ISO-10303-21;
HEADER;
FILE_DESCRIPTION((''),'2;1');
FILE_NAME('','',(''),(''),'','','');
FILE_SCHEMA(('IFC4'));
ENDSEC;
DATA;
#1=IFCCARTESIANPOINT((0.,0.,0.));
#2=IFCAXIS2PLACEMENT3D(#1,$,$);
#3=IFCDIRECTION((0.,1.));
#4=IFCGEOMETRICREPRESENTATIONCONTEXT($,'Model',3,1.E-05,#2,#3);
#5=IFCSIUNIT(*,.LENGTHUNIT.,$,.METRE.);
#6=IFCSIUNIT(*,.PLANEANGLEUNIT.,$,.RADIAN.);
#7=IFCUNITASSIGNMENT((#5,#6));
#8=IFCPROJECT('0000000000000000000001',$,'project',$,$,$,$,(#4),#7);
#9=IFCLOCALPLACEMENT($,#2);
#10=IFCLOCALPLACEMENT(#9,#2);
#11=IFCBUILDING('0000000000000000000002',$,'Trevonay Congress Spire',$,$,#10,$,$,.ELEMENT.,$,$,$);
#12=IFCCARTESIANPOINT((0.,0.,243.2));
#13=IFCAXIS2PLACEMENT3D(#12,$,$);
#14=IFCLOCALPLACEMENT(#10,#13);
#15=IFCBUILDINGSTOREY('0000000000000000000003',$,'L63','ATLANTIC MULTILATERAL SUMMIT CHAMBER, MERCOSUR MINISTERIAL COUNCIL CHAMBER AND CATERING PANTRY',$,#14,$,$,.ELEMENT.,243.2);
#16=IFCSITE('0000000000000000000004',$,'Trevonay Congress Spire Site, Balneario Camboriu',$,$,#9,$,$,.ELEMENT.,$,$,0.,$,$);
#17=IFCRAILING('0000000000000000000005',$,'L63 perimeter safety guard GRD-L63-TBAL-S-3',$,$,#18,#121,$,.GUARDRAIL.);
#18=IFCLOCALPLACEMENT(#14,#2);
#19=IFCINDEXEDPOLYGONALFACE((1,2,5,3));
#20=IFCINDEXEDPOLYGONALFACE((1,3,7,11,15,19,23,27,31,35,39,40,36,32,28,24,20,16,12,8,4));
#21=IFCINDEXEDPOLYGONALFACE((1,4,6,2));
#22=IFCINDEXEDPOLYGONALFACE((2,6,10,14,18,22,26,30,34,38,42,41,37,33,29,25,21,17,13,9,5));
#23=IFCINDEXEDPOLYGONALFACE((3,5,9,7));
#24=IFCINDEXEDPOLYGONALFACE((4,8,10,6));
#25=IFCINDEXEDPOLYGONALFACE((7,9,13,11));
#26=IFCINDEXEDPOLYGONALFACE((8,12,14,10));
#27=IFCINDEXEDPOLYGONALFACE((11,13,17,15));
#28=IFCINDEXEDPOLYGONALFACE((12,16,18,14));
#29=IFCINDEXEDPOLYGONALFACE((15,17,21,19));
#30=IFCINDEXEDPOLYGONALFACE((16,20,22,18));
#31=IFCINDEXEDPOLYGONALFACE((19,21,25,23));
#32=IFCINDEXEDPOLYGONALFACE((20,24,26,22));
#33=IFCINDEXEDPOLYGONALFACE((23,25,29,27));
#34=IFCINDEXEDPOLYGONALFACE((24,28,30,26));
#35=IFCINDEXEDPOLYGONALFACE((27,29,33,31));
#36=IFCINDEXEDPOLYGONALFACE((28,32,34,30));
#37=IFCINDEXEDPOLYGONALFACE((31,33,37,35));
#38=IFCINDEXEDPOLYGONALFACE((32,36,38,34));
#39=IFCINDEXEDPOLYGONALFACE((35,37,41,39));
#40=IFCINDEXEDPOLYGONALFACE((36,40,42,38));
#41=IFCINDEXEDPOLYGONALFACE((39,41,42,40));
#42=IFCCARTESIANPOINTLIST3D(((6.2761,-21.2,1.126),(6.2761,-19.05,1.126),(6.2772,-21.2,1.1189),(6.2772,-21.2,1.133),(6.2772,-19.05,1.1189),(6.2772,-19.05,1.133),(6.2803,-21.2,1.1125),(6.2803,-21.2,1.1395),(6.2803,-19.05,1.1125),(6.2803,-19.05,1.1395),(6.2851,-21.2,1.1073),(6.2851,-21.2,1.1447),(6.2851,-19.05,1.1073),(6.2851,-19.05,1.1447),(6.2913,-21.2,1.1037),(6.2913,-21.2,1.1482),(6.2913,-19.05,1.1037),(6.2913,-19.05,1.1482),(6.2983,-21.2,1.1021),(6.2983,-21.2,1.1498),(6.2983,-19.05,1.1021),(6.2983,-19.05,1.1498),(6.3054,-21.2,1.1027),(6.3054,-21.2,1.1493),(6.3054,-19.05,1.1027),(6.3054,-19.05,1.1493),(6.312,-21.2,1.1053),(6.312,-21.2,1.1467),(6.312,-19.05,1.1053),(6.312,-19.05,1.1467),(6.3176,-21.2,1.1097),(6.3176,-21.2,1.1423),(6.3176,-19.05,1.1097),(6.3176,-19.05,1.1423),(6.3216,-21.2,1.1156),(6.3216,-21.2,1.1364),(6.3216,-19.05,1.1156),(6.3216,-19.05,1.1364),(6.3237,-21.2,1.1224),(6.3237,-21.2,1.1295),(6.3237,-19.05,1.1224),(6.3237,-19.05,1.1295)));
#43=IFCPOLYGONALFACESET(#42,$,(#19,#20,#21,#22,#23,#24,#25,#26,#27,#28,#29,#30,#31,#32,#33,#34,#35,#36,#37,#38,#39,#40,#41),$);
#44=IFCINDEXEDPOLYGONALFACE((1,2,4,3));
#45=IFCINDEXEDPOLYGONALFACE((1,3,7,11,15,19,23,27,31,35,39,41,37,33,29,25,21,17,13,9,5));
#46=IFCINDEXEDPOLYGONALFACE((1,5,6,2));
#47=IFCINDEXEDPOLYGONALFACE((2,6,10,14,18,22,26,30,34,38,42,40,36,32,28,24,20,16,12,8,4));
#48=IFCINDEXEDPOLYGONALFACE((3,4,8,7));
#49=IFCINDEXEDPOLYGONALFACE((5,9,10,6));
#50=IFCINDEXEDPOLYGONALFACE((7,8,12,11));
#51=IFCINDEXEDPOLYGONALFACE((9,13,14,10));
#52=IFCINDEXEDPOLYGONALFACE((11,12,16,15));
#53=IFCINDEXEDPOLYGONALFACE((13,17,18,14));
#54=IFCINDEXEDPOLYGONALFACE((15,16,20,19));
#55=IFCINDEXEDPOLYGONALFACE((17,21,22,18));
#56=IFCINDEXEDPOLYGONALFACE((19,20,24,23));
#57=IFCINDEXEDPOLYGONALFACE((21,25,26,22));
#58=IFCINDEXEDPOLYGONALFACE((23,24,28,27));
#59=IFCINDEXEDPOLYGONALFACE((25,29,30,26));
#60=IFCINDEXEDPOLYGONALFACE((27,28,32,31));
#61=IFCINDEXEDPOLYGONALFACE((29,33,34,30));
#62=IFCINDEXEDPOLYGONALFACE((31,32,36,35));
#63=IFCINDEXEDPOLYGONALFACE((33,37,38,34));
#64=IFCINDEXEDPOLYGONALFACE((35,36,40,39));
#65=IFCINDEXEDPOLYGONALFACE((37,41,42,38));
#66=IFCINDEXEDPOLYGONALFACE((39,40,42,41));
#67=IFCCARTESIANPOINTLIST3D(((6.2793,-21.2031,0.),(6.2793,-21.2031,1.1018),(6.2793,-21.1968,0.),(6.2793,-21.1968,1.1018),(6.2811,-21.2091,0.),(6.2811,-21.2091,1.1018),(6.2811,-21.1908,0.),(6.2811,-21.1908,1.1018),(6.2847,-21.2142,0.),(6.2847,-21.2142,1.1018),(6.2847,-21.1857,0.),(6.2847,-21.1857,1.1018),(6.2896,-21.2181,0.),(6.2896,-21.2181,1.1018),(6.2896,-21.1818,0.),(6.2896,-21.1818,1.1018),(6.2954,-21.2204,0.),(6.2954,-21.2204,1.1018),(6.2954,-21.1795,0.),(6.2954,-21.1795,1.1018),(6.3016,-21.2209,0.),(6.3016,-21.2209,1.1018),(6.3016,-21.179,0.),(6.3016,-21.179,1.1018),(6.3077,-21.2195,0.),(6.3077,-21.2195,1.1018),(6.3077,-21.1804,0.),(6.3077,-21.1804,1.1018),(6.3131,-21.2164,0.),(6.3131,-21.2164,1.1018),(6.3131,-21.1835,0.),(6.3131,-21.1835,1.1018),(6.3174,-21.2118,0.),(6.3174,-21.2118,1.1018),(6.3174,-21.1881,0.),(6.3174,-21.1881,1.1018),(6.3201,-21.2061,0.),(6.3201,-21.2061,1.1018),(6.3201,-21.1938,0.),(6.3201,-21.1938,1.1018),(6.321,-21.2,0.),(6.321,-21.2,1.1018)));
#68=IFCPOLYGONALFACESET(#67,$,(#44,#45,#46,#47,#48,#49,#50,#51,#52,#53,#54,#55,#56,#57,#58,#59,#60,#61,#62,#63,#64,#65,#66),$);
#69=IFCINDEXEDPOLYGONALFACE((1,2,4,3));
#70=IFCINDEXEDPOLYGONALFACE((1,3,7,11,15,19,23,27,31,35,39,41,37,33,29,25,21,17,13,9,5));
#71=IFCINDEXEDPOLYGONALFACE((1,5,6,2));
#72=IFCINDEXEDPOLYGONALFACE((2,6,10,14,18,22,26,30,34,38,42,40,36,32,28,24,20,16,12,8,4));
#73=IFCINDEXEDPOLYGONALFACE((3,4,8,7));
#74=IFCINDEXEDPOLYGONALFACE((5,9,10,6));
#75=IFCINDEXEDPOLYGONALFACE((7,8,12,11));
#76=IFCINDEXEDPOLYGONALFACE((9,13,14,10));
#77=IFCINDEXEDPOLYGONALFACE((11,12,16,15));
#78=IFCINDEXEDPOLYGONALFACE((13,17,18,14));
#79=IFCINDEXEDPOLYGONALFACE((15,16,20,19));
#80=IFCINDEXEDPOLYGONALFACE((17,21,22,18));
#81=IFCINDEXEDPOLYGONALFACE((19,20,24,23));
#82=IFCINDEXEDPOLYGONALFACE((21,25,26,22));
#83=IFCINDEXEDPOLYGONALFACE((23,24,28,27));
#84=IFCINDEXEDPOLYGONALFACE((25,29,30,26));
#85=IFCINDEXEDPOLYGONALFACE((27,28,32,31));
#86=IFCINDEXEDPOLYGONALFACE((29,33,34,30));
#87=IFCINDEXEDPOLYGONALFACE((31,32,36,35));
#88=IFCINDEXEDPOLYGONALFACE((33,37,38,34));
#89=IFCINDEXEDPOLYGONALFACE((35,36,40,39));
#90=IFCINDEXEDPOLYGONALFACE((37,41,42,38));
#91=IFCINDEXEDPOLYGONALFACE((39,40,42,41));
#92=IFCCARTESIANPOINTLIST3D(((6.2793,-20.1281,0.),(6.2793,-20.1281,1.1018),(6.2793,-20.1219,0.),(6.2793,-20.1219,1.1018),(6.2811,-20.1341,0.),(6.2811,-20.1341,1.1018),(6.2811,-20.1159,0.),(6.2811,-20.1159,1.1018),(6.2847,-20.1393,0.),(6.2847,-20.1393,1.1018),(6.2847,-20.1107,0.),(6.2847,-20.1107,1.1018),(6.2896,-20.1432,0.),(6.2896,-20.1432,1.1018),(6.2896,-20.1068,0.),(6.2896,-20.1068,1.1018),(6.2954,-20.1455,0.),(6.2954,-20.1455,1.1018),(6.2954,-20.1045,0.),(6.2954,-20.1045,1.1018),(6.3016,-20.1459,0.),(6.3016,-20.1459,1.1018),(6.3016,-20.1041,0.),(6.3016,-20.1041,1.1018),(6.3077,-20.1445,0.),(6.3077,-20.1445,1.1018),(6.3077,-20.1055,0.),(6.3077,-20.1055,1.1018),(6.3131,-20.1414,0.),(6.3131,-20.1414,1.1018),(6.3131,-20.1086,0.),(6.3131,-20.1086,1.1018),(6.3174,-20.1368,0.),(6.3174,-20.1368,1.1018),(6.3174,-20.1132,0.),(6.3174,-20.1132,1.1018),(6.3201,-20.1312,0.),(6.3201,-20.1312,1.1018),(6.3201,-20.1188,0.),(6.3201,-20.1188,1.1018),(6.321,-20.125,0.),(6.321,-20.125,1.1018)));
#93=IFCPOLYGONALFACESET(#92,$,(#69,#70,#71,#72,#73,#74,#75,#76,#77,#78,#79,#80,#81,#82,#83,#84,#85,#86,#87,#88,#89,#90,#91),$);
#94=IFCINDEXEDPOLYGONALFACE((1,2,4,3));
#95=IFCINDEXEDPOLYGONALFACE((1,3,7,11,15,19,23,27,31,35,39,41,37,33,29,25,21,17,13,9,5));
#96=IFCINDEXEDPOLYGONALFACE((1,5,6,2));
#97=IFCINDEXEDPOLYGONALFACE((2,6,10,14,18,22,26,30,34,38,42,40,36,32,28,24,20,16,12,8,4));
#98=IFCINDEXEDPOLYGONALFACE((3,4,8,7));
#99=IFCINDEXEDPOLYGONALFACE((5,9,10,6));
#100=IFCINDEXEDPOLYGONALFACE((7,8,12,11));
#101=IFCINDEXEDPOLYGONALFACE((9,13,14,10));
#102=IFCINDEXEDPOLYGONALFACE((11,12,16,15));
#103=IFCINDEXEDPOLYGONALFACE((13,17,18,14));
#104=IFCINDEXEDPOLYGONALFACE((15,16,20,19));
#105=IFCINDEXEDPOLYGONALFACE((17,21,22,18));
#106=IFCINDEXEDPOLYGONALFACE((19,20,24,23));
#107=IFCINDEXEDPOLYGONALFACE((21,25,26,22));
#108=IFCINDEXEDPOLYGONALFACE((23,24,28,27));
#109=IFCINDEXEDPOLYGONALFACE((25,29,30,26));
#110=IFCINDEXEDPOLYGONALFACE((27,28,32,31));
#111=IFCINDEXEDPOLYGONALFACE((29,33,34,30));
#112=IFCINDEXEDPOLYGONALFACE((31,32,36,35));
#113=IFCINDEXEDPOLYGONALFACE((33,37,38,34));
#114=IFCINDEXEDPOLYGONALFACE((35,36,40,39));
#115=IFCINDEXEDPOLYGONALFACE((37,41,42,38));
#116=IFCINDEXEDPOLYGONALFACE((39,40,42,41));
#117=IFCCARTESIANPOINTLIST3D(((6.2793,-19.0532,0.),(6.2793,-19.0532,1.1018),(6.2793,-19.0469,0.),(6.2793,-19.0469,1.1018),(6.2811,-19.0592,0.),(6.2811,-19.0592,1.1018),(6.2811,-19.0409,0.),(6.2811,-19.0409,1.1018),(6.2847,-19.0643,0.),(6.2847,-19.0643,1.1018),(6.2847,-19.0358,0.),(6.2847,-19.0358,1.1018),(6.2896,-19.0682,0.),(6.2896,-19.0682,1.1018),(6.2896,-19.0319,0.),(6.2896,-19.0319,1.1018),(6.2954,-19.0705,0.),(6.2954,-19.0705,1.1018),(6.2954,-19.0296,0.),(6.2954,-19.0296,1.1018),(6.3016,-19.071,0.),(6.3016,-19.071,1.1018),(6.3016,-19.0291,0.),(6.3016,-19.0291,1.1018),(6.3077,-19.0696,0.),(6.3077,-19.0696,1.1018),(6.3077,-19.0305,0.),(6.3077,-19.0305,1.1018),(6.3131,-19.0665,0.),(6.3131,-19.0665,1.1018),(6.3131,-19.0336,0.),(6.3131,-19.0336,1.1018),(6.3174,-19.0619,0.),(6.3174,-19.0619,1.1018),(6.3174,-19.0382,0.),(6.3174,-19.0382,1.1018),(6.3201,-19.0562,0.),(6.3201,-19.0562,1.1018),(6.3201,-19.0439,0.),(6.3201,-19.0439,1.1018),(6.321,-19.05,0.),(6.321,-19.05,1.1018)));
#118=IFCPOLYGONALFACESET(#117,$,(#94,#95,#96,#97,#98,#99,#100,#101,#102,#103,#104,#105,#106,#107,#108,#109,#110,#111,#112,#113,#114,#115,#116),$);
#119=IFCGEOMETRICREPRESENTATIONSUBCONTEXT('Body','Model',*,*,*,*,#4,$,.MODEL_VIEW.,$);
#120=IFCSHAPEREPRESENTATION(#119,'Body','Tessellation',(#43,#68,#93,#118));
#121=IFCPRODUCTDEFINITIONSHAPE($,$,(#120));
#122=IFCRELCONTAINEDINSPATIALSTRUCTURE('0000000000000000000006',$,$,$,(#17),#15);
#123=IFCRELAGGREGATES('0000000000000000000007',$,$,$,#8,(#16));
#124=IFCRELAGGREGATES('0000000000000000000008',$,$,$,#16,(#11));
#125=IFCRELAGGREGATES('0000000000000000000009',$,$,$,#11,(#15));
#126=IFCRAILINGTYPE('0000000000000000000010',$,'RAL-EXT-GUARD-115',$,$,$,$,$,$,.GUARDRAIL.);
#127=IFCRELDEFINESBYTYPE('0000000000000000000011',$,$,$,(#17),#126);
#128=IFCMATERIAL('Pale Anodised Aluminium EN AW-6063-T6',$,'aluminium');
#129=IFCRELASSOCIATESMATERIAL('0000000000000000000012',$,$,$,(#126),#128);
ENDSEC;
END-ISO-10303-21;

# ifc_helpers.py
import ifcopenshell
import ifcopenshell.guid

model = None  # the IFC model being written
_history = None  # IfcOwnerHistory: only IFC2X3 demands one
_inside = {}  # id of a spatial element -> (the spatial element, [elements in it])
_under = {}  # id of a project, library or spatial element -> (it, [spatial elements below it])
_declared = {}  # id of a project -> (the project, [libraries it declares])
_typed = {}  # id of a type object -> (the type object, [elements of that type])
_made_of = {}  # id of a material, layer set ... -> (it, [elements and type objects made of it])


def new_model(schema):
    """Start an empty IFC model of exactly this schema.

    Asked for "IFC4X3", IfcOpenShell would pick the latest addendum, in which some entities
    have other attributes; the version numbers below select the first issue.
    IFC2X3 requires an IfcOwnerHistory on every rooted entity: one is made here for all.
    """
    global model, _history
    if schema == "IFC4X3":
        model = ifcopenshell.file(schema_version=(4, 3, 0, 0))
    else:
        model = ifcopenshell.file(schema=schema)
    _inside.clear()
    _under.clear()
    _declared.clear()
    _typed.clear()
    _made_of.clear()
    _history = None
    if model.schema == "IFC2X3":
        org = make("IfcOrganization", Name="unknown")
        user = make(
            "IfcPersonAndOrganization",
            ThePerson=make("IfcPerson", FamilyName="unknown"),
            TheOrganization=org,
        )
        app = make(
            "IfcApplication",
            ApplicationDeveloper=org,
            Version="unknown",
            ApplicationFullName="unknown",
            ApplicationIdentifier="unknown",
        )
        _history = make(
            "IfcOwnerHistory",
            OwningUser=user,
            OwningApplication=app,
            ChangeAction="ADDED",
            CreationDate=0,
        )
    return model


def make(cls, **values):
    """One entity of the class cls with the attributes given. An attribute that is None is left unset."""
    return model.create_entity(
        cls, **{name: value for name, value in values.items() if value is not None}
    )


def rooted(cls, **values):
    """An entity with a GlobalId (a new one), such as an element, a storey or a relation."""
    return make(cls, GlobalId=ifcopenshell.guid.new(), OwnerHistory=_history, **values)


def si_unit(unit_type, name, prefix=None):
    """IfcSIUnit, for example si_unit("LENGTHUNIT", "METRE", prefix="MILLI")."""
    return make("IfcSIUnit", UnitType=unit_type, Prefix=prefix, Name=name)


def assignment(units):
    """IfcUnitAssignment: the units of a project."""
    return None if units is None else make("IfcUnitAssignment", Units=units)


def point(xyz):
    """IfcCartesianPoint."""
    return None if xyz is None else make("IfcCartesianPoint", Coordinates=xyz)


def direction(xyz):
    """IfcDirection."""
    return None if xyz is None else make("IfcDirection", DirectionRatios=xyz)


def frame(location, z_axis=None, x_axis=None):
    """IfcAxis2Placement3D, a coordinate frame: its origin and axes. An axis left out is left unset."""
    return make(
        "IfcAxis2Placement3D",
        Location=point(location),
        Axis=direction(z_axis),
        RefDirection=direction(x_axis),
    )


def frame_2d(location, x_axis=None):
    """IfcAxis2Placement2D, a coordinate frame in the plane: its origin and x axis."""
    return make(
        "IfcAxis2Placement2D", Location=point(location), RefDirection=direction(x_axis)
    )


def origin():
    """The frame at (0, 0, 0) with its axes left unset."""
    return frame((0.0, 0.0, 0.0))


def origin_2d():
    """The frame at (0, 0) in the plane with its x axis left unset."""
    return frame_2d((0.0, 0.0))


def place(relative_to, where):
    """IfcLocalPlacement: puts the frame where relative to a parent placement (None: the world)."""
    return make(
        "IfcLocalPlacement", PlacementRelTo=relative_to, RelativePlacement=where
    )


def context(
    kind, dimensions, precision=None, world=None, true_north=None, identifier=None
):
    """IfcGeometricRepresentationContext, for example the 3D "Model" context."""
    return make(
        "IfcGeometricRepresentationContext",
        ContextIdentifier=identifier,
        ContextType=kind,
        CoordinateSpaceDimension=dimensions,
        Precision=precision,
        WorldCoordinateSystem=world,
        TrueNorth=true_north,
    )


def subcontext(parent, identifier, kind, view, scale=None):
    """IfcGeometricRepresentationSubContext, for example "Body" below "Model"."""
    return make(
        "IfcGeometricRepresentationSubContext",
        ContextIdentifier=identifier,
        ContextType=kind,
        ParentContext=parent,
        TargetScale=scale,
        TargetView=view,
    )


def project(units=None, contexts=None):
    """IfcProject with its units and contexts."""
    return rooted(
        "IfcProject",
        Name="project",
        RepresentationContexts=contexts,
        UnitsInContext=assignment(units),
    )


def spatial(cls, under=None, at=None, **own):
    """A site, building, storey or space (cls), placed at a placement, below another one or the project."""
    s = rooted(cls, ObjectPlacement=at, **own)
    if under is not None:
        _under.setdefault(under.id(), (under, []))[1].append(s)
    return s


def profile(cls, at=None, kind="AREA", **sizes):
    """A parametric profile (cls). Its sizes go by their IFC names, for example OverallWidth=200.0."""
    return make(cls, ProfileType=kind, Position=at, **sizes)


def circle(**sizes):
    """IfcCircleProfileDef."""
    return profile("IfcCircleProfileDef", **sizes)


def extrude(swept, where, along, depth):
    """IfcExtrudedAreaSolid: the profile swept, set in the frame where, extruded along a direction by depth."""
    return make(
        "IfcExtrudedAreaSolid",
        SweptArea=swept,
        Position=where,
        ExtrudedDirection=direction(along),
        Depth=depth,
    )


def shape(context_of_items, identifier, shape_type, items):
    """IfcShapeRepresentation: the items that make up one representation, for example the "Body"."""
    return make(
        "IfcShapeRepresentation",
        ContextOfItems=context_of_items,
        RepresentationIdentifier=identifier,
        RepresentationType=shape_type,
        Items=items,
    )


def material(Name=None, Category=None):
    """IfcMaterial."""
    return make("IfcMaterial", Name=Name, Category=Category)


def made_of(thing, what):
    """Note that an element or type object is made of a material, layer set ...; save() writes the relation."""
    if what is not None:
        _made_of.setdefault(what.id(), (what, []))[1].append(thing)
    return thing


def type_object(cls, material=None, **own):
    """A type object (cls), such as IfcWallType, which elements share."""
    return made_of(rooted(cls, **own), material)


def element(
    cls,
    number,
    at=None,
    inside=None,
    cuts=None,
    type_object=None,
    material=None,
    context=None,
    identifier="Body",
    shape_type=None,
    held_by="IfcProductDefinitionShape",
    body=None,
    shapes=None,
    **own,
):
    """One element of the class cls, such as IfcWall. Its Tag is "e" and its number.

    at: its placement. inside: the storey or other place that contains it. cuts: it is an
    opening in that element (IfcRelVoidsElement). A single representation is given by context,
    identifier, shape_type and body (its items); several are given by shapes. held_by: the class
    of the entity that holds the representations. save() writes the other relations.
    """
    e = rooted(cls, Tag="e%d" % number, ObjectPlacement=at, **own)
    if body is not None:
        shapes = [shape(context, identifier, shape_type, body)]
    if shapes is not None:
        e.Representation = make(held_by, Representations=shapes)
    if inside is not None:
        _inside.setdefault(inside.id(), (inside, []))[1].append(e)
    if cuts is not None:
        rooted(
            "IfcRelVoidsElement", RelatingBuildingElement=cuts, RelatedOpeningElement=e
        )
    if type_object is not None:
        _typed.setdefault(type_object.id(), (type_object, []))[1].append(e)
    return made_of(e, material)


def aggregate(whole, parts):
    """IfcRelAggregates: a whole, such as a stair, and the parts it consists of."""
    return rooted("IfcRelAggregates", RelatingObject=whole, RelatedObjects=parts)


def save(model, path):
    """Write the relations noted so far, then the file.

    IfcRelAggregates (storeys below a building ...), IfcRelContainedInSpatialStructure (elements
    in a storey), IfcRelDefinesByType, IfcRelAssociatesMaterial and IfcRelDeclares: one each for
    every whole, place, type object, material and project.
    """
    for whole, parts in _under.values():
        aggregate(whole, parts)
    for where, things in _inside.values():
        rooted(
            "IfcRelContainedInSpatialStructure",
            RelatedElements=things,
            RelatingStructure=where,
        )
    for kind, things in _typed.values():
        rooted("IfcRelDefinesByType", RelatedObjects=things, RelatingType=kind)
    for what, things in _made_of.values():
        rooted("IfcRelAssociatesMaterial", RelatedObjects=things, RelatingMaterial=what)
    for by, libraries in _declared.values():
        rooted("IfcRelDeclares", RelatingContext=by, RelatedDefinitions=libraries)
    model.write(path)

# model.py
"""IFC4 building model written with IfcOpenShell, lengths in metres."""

from ifc_helpers import new_model, si_unit, direction, frame, origin, origin_2d, place, context, subcontext, project, spatial, circle, extrude, material, type_object, element, save


model = new_model("IFC4")

# Units and contexts
model_context = context("Model", 3, precision=1e-05, world=origin(), true_north=direction((0.0, 1.0)))
body_context = subcontext(model_context, "Body", "Model", "MODEL_VIEW")
ifc_project = project(units=[si_unit("LENGTHUNIT", "METRE"), si_unit("PLANEANGLEUNIT", "RADIAN")], contexts=[model_context])

# Site, building, storey
site_placement = place(None, origin())
site = spatial("IfcSite", under=ifc_project, at=site_placement, Name="Trevonay Congress Spire Site, Balneario Camboriu", CompositionType="ELEMENT", RefElevation=0.0)
building_placement = place(site_placement, origin())
building = spatial("IfcBuilding", under=site, at=building_placement, Name="Trevonay Congress Spire", CompositionType="ELEMENT")
storey_placement = place(building_placement, frame((0.0, 0.0, 243.2)))
storey = spatial("IfcBuildingStorey", under=building, at=storey_placement, Name="L63", Description="ATLANTIC MULTILATERAL SUMMIT CHAMBER, MERCOSUR MINISTERIAL COUNCIL CHAMBER AND CATERING PANTRY", CompositionType="ELEMENT", Elevation=243.2)

# Shared definitions
ifc_material_1 = material(Name="Pale Anodised Aluminium EN AW-6063-T6", Category="aluminium")

# Railing
railing_type = type_object("IfcRailingType", Name="RAL-EXT-GUARD-115", PredefinedType="GUARDRAIL", material=ifc_material_1)
railing_1_placement = place(storey_placement, frame((6.3, -21.2, 0.0)))
element("IfcRailing", 1, at=railing_1_placement, inside=storey, type_object=railing_type, Name="L63 perimeter safety guard GRD-L63-TBAL-S-3", PredefinedType="GUARDRAIL", context=body_context, shape_type="SweptSolid", body=[
    extrude(circle(Radius=0.0239, at=origin_2d()), frame((0.0, 0.0, 1.126), z_axis=(0.0, 1.0, 0.0), x_axis=(-1.0, 0.0, 0.0)), (0.0, 0.0, 1.0), 2.1499),
    extrude(circle(Radius=0.021, at=origin_2d()), origin(), (0.0, 0.0, 1.0), 1.1018),
    extrude(circle(Radius=0.021, at=origin_2d()), frame((0.0, 1.075, 0.0)), (0.0, 0.0, 1.0), 1.1018),
    extrude(circle(Radius=0.021, at=origin_2d()), frame((0.0, 2.1499, 0.0)), (0.0, 0.0, 1.0), 1.1018),
])

save(model, "model.ifc")
